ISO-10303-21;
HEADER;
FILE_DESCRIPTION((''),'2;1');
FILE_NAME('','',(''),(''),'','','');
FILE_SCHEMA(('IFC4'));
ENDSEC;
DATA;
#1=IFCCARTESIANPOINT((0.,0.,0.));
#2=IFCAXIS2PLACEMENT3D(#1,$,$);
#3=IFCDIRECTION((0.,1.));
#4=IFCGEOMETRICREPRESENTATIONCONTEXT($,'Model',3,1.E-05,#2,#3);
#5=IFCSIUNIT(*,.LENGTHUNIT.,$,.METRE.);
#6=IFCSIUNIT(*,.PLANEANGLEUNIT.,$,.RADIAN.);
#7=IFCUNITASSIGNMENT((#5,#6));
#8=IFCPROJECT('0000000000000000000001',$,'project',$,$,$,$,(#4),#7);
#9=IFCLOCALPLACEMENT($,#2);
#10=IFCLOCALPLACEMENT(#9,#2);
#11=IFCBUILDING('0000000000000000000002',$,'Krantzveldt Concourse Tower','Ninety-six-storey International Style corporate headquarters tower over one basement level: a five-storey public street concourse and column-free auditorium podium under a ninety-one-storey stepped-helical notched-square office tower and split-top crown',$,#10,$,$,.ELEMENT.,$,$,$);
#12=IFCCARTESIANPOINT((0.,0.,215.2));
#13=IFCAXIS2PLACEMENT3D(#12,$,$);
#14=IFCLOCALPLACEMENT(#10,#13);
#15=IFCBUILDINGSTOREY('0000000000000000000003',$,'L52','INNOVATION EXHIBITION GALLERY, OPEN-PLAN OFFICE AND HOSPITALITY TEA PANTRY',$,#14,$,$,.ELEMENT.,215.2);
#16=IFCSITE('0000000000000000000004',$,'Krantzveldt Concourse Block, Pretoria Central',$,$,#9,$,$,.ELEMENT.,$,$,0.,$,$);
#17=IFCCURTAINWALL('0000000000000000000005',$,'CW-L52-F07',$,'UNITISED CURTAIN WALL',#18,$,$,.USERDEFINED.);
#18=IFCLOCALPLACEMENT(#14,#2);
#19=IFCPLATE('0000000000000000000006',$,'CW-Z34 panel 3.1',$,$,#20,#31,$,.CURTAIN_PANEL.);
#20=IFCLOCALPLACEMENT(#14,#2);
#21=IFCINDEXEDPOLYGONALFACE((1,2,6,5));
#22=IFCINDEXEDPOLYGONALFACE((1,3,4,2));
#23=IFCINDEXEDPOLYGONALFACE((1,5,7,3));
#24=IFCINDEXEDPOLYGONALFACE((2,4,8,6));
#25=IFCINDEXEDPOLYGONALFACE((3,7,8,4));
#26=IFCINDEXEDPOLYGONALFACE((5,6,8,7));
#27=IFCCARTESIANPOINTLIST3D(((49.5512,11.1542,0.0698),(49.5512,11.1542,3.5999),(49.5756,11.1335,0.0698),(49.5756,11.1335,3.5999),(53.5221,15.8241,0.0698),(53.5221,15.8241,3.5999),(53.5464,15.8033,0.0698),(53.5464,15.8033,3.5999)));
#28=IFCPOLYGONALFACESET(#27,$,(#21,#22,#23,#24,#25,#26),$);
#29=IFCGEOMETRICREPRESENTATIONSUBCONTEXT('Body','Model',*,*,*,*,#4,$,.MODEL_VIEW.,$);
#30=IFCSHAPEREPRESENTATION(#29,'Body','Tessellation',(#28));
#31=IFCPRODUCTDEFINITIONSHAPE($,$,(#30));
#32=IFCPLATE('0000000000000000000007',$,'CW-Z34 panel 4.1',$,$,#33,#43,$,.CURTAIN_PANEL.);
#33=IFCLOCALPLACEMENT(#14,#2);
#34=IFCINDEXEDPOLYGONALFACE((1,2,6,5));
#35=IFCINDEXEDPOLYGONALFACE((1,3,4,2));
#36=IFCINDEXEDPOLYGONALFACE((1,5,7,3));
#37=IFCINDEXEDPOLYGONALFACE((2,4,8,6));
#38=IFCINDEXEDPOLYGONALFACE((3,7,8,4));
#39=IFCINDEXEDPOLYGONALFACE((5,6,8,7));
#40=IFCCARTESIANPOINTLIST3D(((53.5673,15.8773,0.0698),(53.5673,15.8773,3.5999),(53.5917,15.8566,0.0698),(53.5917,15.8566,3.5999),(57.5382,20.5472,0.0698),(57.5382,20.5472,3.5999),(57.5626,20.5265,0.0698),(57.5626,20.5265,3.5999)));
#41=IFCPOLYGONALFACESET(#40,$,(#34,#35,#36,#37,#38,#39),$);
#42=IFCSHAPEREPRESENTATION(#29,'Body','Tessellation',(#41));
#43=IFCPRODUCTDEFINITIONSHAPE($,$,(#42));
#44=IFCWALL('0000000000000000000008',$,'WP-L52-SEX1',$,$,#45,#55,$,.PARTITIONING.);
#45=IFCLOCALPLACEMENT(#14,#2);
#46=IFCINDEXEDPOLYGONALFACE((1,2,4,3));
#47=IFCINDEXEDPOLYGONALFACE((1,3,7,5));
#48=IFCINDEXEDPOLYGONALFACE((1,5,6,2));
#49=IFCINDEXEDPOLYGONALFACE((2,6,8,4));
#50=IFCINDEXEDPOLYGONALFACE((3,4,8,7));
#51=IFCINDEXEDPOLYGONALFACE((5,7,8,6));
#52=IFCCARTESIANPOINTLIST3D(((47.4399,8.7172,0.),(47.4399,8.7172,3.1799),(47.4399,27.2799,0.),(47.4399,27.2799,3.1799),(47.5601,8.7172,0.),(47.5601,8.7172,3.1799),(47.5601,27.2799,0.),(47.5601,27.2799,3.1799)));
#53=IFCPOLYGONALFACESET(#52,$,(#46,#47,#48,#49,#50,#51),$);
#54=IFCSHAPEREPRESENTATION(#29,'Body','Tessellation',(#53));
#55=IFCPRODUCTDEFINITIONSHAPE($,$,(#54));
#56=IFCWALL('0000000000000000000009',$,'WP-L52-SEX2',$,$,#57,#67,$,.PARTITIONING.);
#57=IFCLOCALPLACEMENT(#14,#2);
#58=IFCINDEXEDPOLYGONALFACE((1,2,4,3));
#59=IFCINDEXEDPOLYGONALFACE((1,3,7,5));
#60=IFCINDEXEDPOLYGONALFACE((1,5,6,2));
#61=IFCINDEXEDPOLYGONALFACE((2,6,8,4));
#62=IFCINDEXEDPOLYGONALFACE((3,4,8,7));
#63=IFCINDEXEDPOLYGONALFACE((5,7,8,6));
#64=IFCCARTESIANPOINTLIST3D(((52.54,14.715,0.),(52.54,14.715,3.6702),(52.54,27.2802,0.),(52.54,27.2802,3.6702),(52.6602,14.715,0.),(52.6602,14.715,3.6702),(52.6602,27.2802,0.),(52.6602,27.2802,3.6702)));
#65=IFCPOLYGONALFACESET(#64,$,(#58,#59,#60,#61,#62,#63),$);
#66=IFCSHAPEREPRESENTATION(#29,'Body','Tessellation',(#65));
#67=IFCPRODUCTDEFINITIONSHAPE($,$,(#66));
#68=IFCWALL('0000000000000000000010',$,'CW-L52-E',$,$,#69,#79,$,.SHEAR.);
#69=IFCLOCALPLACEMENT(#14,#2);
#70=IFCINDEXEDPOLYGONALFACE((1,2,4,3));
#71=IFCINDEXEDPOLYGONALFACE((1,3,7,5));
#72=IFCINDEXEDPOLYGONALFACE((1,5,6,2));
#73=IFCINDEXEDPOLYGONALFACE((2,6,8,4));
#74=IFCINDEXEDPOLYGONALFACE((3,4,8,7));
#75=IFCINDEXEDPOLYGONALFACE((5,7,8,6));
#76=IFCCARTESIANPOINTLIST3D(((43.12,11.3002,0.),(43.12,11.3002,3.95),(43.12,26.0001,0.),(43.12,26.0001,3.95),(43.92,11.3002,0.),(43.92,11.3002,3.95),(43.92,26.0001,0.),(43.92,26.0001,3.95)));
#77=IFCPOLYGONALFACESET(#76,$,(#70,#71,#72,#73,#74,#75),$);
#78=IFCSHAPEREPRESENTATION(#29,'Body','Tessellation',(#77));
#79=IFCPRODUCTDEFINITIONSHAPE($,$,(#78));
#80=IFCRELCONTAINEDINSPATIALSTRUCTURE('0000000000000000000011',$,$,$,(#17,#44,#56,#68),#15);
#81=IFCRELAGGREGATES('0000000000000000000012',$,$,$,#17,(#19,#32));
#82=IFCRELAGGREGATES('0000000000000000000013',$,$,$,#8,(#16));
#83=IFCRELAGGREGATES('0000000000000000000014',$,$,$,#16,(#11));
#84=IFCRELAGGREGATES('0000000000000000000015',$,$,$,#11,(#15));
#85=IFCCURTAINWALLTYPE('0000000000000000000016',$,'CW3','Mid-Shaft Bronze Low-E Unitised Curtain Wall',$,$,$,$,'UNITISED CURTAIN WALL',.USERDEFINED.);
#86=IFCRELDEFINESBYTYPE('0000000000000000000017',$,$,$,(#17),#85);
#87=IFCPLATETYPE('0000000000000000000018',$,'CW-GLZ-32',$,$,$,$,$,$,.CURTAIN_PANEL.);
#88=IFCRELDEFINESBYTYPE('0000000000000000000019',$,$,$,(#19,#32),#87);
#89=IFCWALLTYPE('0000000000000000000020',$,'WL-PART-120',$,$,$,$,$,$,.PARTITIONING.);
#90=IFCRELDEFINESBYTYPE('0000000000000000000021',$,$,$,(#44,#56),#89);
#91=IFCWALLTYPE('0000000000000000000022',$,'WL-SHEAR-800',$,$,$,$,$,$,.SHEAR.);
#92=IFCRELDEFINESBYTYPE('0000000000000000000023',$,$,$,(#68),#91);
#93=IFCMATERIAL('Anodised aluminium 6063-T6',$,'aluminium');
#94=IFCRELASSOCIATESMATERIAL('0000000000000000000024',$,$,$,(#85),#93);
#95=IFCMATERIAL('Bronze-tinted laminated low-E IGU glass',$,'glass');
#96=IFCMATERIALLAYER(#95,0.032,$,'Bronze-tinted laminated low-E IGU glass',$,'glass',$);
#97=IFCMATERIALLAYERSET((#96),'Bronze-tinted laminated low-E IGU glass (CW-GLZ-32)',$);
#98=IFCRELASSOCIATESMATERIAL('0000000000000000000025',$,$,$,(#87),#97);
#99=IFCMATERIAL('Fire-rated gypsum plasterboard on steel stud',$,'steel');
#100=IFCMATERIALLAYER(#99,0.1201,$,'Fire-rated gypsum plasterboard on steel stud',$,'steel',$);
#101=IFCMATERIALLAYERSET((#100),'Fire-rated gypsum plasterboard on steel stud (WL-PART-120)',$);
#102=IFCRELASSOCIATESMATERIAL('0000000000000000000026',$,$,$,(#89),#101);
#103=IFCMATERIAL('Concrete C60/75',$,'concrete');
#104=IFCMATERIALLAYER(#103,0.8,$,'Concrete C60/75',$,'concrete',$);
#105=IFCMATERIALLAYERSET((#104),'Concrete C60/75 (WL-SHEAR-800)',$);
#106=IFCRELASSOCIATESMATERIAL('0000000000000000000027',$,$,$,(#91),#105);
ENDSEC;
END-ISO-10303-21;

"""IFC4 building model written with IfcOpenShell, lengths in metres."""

from ifc_helpers import new_model, si_unit, direction, frame, frame_2d, origin, origin_2d, place, context, subcontext, project, spatial, rectangle, extrude, source, transform, mapped, material, layer, layer_set, type_object, element, aggregate, save


model = new_model("IFC4")

# Units and contexts
model_context = context("Model", 3, precision=1e-05, world=origin(), true_north=direction((0.0, 1.0)))
body_context = subcontext(model_context, "Body", "Model", "MODEL_VIEW")
ifc_project = project(units=[si_unit("LENGTHUNIT", "METRE"), si_unit("PLANEANGLEUNIT", "RADIAN")], contexts=[model_context])

# Site, building, storey
site_placement = place(None, origin())
site = spatial("IfcSite", under=ifc_project, at=site_placement, Name="Krantzveldt Concourse Block, Pretoria Central", CompositionType="ELEMENT", RefElevation=0.0)
building_placement = place(site_placement, origin())
building = spatial("IfcBuilding", under=site, at=building_placement, Name="Krantzveldt Concourse Tower", Description="Ninety-six-storey International Style corporate headquarters tower over one basement level: a five-storey public street concourse and column-free auditorium podium under a ninety-one-storey stepped-helical notched-square office tower and split-top crown", CompositionType="ELEMENT")
storey_placement = place(building_placement, frame((0.0, 0.0, 215.2)))
storey = spatial("IfcBuildingStorey", under=building, at=storey_placement, Name="L52", Description="INNOVATION EXHIBITION GALLERY, OPEN-PLAN OFFICE AND HOSPITALITY TEA PANTRY", CompositionType="ELEMENT", Elevation=215.2)

# Curtain wall, plates
ifc_material_1 = material(Name="Anodised aluminium 6063-T6", Category="aluminium")
curtain_wall_type = type_object("IfcCurtainWallType", Name="CW3", Description="Mid-Shaft Bronze Low-E Unitised Curtain Wall", ElementType="UNITISED CURTAIN WALL", PredefinedType="USERDEFINED", material=ifc_material_1)
curtain_wall_placement = place(storey_placement, origin())
curtain_wall = element("IfcCurtainWall", 1, at=curtain_wall_placement, inside=storey, type_object=curtain_wall_type, Name="CW-L52-F07", ObjectType="UNITISED CURTAIN WALL", PredefinedType="USERDEFINED")
ifc_material_2 = material(Name="Bronze-tinted laminated low-E IGU glass", Category="glass")
ifc_layer_1 = layer(ifc_material_2, 0.032, Name="Bronze-tinted laminated low-E IGU glass", Category="glass")
ifc_layer_set_1 = layer_set([ifc_layer_1], Name="Bronze-tinted laminated low-E IGU glass (CW-GLZ-32)")
plate_type = type_object("IfcPlateType", Name="CW-GLZ-32", PredefinedType="CURTAIN_PANEL", material=ifc_layer_set_1)
shared_shape_1 = source(origin(), body_context, "Body", "SweptSolid", [
    extrude(rectangle(XDim=6.1299, YDim=0.032, at=origin_2d()), origin(), (0.0, 0.0, 1.0), 3.53),
])
plate_1_placement = place(storey_placement, frame((51.5488, 13.4788, 0.0698), z_axis=(0.0, 0.0, 1.0), x_axis=(0.647788, 0.761821, 0.0)))
plate_1 = element("IfcPlate", 2, at=plate_1_placement, type_object=plate_type, Name="CW-Z34 panel 3.1", PredefinedType="CURTAIN_PANEL", context=body_context, shape_type="MappedRepresentation", body=[
    mapped(shared_shape_1, transform((0.0, 0.0, 0.0), x_axis=(1.0, 0.0, 0.0), y_axis=(0.0, 1.0, 0.0), z_axis=(0.0, 0.0, 1.0), scale=1.0)),
])
plate_2_placement = place(storey_placement, frame((55.5649, 18.2019, 0.0698), z_axis=(0.0, 0.0, 1.0), x_axis=(0.647788, 0.761821, 0.0)))
plate_2 = element("IfcPlate", 3, at=plate_2_placement, type_object=plate_type, Name="CW-Z34 panel 4.1", PredefinedType="CURTAIN_PANEL", context=body_context, shape_type="MappedRepresentation", body=[
    mapped(shared_shape_1, transform((0.0, 0.0, 0.0), x_axis=(1.0, 0.0, 0.0), y_axis=(0.0, 1.0, 0.0), z_axis=(0.0, 0.0, 1.0), scale=1.0)),
])
aggregate(curtain_wall, [plate_1, plate_2])

# Walls
ifc_material_3 = material(Name="Fire-rated gypsum plasterboard on steel stud", Category="steel")
ifc_layer_2 = layer(ifc_material_3, 0.1201, Name="Fire-rated gypsum plasterboard on steel stud", Category="steel")
ifc_layer_set_2 = layer_set([ifc_layer_2], Name="Fire-rated gypsum plasterboard on steel stud (WL-PART-120)")
wall_type_1 = type_object("IfcWallType", Name="WL-PART-120", PredefinedType="PARTITIONING", material=ifc_layer_set_2)
wall_1_placement = place(storey_placement, frame((47.5, 8.7173, 0.0), z_axis=(0.0, 0.0, 1.0), x_axis=(0.0, 1.0, 0.0)))
element("IfcWall", 4, at=wall_1_placement, inside=storey, type_object=wall_type_1, Name="WP-L52-SEX1", PredefinedType="PARTITIONING", context=body_context, shape_type="SweptSolid", body=[
    extrude(rectangle(XDim=18.5627, YDim=0.1201, at=frame_2d((9.2812, 0.0))), origin(), (0.0, 0.0, 1.0), 3.1799),
])
wall_2_placement = place(storey_placement, frame((52.6001, 14.7148, 0.0), z_axis=(0.0, 0.0, 1.0), x_axis=(0.0, 1.0, 0.0)))
element("IfcWall", 5, at=wall_2_placement, inside=storey, type_object=wall_type_1, Name="WP-L52-SEX2", PredefinedType="PARTITIONING", context=body_context, shape_type="SweptSolid", body=[
    extrude(rectangle(XDim=12.5652, YDim=0.1201, at=frame_2d((6.2827, 0.0))), origin(), (0.0, 0.0, 1.0), 3.6702),
])
ifc_material_4 = material(Name="Concrete C60/75", Category="concrete")
ifc_layer_3 = layer(ifc_material_4, 0.8, Name="Concrete C60/75", Category="concrete")
ifc_layer_set_3 = layer_set([ifc_layer_3], Name="Concrete C60/75 (WL-SHEAR-800)")
wall_type_2 = type_object("IfcWallType", Name="WL-SHEAR-800", PredefinedType="SHEAR", material=ifc_layer_set_3)
wall_3_placement = place(storey_placement, frame((43.52, 11.3, 0.0), z_axis=(0.0, 0.0, 1.0), x_axis=(0.0, 1.0, 0.0)))
element("IfcWall", 6, at=wall_3_placement, inside=storey, type_object=wall_type_2, Name="CW-L52-E", PredefinedType="SHEAR", context=body_context, shape_type="SweptSolid", body=[
    extrude(rectangle(XDim=14.7, YDim=0.8, at=frame_2d((7.3501, 0.0))), origin(), (0.0, 0.0, 1.0), 3.95),
])

save(model, "model.ifc")
